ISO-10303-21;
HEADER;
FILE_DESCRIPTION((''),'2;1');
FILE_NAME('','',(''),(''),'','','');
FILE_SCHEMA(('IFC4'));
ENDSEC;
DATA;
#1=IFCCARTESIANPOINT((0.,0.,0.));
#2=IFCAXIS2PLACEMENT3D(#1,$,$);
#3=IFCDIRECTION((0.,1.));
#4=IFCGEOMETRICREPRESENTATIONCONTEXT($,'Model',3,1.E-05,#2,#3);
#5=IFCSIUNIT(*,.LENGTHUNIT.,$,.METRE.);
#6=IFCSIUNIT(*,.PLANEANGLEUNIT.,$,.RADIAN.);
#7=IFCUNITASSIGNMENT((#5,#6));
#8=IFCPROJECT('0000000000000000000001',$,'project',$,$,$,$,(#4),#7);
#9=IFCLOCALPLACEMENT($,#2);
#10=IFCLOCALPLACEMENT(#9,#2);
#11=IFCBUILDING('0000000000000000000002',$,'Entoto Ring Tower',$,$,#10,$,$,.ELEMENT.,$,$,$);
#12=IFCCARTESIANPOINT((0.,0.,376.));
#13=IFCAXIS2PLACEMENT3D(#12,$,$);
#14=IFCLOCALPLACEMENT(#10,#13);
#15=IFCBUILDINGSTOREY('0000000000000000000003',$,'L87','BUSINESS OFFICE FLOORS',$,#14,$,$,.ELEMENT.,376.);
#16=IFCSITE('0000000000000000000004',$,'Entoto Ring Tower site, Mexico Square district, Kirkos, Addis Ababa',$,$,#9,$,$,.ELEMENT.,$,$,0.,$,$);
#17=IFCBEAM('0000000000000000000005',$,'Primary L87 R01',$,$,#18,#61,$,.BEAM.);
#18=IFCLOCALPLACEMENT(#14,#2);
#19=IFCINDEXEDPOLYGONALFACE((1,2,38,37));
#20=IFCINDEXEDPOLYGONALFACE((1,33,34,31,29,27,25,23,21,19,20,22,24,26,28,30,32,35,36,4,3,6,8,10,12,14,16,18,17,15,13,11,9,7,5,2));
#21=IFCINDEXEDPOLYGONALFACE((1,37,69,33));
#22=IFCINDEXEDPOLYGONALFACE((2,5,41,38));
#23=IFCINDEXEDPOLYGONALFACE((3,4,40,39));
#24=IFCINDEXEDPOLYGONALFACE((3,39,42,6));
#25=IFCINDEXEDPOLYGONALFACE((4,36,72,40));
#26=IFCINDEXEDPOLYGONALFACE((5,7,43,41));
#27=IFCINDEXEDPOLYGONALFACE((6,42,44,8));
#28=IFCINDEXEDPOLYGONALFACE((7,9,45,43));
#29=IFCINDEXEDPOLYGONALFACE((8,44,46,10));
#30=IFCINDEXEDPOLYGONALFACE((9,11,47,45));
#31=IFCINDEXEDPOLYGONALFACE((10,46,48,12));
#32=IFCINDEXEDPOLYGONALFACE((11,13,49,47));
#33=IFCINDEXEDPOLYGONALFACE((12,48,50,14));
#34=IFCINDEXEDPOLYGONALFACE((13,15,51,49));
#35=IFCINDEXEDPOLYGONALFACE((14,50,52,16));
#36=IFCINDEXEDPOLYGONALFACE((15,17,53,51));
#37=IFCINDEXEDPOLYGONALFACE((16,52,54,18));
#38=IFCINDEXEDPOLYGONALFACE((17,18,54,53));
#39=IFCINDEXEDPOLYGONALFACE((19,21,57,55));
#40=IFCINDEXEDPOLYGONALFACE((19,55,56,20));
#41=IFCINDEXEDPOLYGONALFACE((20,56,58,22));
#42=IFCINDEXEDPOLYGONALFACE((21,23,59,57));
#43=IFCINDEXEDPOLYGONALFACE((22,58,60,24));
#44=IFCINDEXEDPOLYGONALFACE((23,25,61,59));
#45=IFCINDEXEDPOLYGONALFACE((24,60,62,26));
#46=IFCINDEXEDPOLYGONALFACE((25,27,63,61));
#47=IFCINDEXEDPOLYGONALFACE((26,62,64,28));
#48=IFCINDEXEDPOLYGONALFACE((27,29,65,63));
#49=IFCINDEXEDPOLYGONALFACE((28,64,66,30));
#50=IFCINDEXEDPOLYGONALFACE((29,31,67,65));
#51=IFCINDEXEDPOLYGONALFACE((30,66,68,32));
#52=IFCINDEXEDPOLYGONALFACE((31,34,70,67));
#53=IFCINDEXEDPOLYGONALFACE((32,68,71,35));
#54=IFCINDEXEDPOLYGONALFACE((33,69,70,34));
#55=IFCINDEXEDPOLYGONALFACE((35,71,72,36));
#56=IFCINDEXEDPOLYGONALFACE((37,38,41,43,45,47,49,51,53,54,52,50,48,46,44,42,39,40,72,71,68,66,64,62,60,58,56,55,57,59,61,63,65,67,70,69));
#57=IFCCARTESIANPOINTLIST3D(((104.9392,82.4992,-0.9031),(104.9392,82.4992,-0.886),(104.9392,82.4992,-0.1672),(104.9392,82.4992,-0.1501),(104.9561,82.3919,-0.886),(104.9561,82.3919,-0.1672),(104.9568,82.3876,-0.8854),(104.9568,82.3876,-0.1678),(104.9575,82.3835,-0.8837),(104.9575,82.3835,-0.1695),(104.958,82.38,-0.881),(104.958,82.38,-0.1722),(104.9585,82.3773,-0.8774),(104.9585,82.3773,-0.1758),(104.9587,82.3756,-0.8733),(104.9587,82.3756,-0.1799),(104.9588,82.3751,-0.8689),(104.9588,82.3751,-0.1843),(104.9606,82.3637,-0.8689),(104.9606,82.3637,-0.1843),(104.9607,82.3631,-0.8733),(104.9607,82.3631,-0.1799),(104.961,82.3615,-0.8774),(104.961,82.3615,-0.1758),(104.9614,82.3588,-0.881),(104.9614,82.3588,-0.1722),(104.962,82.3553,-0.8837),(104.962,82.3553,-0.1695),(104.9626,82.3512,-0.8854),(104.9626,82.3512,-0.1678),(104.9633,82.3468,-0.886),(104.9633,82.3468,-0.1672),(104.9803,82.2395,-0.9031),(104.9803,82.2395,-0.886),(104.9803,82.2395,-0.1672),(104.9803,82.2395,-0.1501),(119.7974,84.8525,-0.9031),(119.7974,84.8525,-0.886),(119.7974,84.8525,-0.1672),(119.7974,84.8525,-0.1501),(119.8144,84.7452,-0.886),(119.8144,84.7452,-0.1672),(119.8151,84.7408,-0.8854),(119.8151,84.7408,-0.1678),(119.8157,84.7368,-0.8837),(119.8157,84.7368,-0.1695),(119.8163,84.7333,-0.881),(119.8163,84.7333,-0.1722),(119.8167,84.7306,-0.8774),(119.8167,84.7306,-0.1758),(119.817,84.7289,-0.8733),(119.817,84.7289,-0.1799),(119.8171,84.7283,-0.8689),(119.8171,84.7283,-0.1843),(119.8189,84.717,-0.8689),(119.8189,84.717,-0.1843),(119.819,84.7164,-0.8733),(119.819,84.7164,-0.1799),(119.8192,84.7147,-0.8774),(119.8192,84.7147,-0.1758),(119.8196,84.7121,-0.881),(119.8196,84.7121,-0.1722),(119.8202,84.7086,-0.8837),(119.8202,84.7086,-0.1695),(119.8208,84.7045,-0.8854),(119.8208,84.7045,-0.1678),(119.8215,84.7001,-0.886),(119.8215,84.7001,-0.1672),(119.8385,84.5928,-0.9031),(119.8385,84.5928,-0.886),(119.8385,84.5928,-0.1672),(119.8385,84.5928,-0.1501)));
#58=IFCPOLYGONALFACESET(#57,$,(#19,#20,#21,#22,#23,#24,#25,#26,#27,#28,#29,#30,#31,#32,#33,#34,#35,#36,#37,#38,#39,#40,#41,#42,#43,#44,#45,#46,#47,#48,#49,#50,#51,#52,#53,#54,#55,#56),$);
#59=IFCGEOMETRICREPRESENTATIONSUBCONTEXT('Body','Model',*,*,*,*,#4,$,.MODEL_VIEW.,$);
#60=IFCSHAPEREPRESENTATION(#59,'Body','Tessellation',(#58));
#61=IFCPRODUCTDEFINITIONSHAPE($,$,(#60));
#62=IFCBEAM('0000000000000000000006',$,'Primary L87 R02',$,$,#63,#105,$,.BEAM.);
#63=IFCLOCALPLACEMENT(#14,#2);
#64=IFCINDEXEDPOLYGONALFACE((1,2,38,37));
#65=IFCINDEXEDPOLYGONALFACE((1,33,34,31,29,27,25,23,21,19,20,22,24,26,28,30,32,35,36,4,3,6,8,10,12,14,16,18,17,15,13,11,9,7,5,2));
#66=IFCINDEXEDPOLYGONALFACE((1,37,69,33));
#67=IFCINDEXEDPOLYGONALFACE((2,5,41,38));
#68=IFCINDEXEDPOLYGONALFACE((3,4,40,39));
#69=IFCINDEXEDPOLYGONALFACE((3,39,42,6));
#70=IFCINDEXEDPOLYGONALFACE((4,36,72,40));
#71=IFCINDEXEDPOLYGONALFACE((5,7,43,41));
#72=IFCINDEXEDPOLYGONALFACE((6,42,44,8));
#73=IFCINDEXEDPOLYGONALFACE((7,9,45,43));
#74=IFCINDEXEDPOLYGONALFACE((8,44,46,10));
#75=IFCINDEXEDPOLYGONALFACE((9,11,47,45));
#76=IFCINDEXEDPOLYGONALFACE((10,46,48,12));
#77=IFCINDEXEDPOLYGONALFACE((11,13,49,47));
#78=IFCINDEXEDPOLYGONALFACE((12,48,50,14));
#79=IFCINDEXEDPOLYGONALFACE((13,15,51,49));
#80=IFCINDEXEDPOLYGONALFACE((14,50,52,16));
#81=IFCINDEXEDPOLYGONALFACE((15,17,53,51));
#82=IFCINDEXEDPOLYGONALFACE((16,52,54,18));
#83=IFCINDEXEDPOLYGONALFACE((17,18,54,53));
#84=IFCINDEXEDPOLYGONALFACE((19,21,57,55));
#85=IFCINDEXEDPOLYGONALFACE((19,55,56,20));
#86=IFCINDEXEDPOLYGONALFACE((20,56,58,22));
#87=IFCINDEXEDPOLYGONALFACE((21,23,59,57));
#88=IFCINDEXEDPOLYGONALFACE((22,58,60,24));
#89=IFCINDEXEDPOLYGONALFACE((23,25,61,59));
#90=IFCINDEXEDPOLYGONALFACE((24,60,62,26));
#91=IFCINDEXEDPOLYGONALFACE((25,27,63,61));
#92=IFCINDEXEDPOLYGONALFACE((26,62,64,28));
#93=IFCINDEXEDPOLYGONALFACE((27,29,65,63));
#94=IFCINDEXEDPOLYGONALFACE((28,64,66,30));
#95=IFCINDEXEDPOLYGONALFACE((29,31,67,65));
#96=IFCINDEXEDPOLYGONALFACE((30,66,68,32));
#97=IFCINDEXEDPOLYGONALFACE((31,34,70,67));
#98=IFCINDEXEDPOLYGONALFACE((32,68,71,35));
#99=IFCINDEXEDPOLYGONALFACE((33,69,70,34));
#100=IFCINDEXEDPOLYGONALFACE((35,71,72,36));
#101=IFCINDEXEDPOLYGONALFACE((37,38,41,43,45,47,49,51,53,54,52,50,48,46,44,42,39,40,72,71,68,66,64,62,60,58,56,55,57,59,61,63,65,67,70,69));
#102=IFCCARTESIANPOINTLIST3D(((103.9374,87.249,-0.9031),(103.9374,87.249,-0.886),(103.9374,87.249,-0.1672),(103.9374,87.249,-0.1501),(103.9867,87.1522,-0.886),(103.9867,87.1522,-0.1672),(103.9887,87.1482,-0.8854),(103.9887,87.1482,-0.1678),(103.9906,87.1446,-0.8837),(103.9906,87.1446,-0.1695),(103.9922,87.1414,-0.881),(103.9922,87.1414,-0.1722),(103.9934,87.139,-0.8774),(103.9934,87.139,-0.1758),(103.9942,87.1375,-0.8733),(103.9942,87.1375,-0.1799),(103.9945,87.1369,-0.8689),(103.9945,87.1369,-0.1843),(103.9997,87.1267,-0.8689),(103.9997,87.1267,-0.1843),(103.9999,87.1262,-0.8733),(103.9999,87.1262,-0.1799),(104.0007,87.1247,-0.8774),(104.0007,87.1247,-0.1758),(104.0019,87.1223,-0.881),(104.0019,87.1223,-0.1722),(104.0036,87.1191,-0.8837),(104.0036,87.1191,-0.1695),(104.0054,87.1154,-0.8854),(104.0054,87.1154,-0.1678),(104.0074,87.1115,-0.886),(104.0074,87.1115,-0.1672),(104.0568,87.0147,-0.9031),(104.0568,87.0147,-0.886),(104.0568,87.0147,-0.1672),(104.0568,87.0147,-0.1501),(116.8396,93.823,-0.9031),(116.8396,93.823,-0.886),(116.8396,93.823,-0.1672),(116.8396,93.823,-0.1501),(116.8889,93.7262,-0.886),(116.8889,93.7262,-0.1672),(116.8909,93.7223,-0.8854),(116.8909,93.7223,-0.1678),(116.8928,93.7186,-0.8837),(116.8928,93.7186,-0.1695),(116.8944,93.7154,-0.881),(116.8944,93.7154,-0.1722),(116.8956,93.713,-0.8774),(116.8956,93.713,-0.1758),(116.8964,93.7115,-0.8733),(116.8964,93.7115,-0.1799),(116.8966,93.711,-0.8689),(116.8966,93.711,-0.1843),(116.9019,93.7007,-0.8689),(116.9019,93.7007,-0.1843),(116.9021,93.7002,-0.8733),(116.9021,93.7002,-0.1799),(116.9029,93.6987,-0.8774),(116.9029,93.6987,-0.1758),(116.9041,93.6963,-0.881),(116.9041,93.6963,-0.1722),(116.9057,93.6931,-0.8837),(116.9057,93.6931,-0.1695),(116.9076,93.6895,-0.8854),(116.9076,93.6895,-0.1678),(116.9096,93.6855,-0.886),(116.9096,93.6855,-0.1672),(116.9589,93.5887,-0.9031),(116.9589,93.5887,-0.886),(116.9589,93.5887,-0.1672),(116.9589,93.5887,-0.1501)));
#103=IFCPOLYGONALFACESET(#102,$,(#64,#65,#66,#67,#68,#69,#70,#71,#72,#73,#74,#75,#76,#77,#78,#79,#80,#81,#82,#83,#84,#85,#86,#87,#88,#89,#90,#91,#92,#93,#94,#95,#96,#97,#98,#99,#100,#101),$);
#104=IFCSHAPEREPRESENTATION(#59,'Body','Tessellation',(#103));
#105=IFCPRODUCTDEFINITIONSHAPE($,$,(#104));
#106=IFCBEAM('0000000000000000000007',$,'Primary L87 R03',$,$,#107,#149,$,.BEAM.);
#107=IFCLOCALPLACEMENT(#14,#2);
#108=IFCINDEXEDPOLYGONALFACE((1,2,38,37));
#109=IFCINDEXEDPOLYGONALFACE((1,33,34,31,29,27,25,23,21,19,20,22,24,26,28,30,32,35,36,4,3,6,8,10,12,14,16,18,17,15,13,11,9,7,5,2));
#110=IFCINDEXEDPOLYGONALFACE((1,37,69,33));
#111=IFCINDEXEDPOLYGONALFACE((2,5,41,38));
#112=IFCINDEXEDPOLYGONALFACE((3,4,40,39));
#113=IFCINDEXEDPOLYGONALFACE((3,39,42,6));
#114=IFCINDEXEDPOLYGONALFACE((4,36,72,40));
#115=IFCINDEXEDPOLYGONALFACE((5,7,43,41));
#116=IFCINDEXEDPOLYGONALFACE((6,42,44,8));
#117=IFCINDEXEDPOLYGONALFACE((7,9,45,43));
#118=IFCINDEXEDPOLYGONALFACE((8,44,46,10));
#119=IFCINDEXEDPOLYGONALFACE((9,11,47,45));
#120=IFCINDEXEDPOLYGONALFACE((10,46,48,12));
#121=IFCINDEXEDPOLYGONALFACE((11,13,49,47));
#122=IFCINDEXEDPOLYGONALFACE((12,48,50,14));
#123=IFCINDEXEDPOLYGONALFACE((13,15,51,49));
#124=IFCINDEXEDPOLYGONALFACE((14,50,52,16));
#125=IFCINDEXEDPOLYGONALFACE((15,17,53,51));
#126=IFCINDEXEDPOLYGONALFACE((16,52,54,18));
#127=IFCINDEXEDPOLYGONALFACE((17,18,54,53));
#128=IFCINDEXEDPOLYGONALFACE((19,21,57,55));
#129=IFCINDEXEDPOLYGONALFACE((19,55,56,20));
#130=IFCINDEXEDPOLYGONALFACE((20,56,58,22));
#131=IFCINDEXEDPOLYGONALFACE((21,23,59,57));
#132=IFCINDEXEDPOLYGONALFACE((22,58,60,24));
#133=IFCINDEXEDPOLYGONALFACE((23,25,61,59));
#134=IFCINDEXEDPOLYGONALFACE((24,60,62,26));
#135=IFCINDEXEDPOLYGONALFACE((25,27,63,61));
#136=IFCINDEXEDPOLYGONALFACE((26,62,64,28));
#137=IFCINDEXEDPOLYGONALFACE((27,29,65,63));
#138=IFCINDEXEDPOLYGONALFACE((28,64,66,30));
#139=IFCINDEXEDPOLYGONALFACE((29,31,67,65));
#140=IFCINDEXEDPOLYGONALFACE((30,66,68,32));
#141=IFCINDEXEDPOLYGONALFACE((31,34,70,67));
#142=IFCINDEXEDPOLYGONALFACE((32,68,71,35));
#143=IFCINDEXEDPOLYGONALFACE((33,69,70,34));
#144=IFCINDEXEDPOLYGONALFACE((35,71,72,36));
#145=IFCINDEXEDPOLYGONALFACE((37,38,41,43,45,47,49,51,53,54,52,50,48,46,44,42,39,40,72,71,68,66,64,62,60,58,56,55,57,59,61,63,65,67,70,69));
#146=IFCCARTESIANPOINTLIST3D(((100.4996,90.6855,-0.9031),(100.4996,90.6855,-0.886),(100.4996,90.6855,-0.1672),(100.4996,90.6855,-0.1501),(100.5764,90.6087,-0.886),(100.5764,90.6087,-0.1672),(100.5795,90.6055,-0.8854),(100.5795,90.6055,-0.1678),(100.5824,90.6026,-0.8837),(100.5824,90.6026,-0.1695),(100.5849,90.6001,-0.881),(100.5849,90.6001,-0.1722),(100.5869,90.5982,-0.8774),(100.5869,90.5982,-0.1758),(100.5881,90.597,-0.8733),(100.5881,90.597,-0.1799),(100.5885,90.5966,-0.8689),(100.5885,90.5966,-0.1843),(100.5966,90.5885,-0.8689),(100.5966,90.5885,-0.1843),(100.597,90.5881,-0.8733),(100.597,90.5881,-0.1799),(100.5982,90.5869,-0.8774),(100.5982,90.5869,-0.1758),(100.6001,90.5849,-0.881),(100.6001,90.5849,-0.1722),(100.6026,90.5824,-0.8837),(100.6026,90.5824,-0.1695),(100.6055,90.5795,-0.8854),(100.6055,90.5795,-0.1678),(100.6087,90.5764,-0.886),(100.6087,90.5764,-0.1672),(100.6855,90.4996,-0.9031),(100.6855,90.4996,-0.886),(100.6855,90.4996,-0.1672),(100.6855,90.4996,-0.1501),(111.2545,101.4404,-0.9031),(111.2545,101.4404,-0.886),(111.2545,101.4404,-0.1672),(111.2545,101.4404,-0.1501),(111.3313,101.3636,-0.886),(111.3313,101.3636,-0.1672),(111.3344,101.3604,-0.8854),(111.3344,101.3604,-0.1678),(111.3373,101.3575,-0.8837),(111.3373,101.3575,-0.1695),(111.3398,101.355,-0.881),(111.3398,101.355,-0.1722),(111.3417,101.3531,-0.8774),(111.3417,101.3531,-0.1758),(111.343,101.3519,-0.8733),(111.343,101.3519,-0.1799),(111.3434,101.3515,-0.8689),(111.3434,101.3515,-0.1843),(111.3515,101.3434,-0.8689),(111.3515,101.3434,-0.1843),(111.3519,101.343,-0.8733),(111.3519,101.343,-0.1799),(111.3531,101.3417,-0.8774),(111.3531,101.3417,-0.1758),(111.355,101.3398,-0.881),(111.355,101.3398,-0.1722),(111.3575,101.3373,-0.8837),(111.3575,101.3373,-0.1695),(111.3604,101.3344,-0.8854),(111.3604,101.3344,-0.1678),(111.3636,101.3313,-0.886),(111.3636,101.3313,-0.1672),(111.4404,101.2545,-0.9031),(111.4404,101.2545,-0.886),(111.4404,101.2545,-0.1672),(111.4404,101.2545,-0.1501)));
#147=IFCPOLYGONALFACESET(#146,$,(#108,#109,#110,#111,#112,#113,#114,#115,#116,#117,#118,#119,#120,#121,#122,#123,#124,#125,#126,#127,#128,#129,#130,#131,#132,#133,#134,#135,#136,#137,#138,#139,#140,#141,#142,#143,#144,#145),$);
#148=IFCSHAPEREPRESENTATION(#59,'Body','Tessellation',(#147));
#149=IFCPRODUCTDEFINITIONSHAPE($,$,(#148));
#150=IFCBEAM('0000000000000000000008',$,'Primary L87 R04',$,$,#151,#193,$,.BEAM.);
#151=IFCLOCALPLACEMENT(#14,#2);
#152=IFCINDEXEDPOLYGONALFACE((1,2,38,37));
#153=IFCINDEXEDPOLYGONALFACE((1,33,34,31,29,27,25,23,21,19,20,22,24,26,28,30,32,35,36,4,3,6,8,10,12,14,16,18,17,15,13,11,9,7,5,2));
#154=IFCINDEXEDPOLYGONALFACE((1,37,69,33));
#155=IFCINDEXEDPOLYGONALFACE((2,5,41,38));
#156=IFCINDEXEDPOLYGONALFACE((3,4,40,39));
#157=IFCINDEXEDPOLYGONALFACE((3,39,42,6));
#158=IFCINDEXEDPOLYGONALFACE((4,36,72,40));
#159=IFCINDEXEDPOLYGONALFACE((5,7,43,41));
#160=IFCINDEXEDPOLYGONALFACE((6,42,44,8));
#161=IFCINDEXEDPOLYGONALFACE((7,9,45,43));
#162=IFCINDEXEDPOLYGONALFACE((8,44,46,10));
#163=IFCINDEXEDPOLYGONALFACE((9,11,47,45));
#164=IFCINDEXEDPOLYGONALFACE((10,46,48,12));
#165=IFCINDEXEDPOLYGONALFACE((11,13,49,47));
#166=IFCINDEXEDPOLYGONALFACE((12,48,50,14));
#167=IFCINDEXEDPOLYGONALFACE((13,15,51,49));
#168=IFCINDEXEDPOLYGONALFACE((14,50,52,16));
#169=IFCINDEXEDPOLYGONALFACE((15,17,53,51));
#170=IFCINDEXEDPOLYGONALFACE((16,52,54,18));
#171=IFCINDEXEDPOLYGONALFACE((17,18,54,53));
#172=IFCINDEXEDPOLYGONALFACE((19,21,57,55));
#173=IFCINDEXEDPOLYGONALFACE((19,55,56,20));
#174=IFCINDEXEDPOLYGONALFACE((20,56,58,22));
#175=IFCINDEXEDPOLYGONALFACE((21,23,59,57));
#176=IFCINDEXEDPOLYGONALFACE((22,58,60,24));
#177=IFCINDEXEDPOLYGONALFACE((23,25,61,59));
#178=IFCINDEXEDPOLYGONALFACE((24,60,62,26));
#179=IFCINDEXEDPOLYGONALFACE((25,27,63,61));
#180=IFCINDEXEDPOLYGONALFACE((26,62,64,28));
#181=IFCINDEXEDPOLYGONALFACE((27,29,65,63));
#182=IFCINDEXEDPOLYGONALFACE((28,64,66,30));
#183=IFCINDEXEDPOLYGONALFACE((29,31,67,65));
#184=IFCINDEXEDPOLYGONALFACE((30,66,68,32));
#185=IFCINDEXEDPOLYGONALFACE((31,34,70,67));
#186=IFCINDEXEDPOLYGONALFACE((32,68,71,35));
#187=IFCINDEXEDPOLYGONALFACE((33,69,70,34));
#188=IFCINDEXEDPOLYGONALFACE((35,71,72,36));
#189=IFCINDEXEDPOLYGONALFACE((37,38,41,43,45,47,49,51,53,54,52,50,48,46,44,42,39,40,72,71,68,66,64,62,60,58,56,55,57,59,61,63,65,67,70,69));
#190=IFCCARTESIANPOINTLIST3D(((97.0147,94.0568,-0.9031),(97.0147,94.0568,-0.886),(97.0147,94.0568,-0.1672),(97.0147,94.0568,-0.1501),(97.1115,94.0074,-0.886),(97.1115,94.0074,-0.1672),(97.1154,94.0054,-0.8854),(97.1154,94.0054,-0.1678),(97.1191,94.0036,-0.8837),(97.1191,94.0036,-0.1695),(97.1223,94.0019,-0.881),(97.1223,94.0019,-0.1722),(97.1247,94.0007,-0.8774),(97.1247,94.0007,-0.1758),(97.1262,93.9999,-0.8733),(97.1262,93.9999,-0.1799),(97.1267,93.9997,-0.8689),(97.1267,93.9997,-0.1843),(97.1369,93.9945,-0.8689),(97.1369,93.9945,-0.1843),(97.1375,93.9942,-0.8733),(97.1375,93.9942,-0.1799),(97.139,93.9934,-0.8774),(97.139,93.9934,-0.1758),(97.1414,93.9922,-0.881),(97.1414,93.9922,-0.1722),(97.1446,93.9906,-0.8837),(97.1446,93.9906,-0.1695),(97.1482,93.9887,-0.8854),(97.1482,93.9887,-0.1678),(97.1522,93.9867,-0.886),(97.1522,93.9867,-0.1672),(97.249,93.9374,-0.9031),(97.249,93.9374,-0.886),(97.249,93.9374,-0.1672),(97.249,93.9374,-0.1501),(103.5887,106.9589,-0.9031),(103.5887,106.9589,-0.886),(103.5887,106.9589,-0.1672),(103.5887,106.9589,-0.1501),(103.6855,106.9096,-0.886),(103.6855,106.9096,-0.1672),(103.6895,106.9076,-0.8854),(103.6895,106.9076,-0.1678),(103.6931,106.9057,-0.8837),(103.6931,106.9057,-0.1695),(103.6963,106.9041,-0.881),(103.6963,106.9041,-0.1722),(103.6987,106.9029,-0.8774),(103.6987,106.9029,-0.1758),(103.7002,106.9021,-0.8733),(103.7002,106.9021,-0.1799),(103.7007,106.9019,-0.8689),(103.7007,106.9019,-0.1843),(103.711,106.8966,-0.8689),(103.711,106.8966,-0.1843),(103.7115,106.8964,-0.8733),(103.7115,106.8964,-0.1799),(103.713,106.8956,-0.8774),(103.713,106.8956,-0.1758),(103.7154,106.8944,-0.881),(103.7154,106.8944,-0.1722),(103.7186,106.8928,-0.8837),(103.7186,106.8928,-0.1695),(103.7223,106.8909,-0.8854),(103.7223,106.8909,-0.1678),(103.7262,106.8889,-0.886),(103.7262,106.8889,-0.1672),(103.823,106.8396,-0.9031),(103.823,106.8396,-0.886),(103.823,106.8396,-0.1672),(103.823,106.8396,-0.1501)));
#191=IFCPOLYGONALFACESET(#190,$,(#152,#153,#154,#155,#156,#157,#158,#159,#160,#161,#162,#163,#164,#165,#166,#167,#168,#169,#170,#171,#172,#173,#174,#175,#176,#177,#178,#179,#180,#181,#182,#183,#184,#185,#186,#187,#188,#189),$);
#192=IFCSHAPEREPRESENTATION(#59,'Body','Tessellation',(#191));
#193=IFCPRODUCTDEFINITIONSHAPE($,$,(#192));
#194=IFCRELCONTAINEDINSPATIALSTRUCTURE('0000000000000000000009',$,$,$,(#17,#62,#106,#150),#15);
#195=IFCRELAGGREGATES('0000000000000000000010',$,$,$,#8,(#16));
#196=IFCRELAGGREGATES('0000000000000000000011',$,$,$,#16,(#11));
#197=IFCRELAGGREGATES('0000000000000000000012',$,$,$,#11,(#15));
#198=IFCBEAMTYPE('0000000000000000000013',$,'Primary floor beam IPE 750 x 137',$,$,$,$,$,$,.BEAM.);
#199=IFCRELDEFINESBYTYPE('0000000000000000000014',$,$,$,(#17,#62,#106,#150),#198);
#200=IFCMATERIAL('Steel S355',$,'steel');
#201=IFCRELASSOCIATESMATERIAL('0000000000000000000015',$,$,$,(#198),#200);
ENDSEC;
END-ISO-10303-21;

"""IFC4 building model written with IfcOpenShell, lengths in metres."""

from ifc_helpers import new_model, si_unit, direction, frame, origin, origin_2d, place, context, subcontext, project, spatial, i_section, extrude, material, material_profile, profile_set, type_object, element, save


model = new_model("IFC4")

# Units and contexts
model_context = context("Model", 3, precision=1e-05, world=origin(), true_north=direction((0.0, 1.0)))
body_context = subcontext(model_context, "Body", "Model", "MODEL_VIEW")
ifc_project = project(units=[si_unit("LENGTHUNIT", "METRE"), si_unit("PLANEANGLEUNIT", "RADIAN")], contexts=[model_context])

# Site, building, storey
site_placement = place(None, origin())
site = spatial("IfcSite", under=ifc_project, at=site_placement, Name="Entoto Ring Tower site, Mexico Square district, Kirkos, Addis Ababa", CompositionType="ELEMENT", RefElevation=0.0)
building_placement = place(site_placement, origin())
building = spatial("IfcBuilding", under=site, at=building_placement, Name="Entoto Ring Tower", CompositionType="ELEMENT")
storey_placement = place(building_placement, frame((0.0, 0.0, 376.0)))
storey = spatial("IfcBuildingStorey", under=building, at=storey_placement, Name="L87", Description="BUSINESS OFFICE FLOORS", CompositionType="ELEMENT", Elevation=376.0)

# Beams
ifc_material_1 = material(Name="Steel S355", Category="steel")
ifc_material_profile_1 = material_profile(ifc_material_1, i_section(OverallWidth=0.2629, OverallDepth=0.7529, WebThickness=0.0115, FlangeThickness=0.0171, FilletRadius=0.0171, at=origin_2d()), Name="IPE 750 x 137")
ifc_profile_set_1 = profile_set([ifc_material_profile_1], Name="Steel S355")
beam_type_1 = type_object("IfcBeamType", Name="Primary floor beam IPE 750 x 137", PredefinedType="BEAM", material=ifc_profile_set_1)
beam_1_placement = place(storey_placement, frame((104.9597, 82.3694, -0.5266), z_axis=(0.987689, 0.156433, 0.0), x_axis=(-0.156433, 0.987689, 0.0)))
element("IfcBeam", 1, at=beam_1_placement, inside=storey, type_object=beam_type_1, Name="Primary L87 R01", PredefinedType="BEAM", context=body_context, shape_type="SweptSolid", body=[
    extrude(i_section(OverallWidth=0.2629, OverallDepth=0.7529, WebThickness=0.0115, FlangeThickness=0.0171, FilletRadius=0.0171, at=origin_2d()), origin(), (0.0, 0.0, 1.0), 15.0435),
])
beam_2_placement = place(storey_placement, frame((103.9971, 87.1318, -0.5266), z_axis=(0.891006, 0.453992, 0.0), x_axis=(-0.453992, 0.891006, 0.0)))
element("IfcBeam", 2, at=beam_2_placement, inside=storey, type_object=beam_type_1, Name="Primary L87 R02", PredefinedType="BEAM", context=body_context, shape_type="SweptSolid", body=[
    extrude(i_section(OverallWidth=0.2629, OverallDepth=0.7529, WebThickness=0.0115, FlangeThickness=0.0171, FilletRadius=0.0171, at=origin_2d()), origin(), (0.0, 0.0, 1.0), 14.4805),
])
beam_3_placement = place(storey_placement, frame((100.5925, 90.5925, -0.5266), z_axis=(0.707107, 0.707107, 0.0), x_axis=(-0.707107, 0.707107, 0.0)))
element("IfcBeam", 3, at=beam_3_placement, inside=storey, type_object=beam_type_1, Name="Primary L87 R03", PredefinedType="BEAM", context=body_context, shape_type="SweptSolid", body=[
    extrude(i_section(OverallWidth=0.2629, OverallDepth=0.7529, WebThickness=0.0115, FlangeThickness=0.0171, FilletRadius=0.0171, at=origin_2d()), origin(), (0.0, 0.0, 1.0), 15.2097),
])
beam_4_placement = place(storey_placement, frame((97.1318, 93.9971, -0.5266), z_axis=(0.453992, 0.891006, 0.0), x_axis=(-0.891006, 0.453992, 0.0)))
element("IfcBeam", 4, at=beam_4_placement, inside=storey, type_object=beam_type_1, Name="Primary L87 R04", PredefinedType="BEAM", context=body_context, shape_type="SweptSolid", body=[
    extrude(i_section(OverallWidth=0.2629, OverallDepth=0.7529, WebThickness=0.0115, FlangeThickness=0.0171, FilletRadius=0.0171, at=origin_2d()), origin(), (0.0, 0.0, 1.0), 14.4805),
])

save(model, "model.ifc")
